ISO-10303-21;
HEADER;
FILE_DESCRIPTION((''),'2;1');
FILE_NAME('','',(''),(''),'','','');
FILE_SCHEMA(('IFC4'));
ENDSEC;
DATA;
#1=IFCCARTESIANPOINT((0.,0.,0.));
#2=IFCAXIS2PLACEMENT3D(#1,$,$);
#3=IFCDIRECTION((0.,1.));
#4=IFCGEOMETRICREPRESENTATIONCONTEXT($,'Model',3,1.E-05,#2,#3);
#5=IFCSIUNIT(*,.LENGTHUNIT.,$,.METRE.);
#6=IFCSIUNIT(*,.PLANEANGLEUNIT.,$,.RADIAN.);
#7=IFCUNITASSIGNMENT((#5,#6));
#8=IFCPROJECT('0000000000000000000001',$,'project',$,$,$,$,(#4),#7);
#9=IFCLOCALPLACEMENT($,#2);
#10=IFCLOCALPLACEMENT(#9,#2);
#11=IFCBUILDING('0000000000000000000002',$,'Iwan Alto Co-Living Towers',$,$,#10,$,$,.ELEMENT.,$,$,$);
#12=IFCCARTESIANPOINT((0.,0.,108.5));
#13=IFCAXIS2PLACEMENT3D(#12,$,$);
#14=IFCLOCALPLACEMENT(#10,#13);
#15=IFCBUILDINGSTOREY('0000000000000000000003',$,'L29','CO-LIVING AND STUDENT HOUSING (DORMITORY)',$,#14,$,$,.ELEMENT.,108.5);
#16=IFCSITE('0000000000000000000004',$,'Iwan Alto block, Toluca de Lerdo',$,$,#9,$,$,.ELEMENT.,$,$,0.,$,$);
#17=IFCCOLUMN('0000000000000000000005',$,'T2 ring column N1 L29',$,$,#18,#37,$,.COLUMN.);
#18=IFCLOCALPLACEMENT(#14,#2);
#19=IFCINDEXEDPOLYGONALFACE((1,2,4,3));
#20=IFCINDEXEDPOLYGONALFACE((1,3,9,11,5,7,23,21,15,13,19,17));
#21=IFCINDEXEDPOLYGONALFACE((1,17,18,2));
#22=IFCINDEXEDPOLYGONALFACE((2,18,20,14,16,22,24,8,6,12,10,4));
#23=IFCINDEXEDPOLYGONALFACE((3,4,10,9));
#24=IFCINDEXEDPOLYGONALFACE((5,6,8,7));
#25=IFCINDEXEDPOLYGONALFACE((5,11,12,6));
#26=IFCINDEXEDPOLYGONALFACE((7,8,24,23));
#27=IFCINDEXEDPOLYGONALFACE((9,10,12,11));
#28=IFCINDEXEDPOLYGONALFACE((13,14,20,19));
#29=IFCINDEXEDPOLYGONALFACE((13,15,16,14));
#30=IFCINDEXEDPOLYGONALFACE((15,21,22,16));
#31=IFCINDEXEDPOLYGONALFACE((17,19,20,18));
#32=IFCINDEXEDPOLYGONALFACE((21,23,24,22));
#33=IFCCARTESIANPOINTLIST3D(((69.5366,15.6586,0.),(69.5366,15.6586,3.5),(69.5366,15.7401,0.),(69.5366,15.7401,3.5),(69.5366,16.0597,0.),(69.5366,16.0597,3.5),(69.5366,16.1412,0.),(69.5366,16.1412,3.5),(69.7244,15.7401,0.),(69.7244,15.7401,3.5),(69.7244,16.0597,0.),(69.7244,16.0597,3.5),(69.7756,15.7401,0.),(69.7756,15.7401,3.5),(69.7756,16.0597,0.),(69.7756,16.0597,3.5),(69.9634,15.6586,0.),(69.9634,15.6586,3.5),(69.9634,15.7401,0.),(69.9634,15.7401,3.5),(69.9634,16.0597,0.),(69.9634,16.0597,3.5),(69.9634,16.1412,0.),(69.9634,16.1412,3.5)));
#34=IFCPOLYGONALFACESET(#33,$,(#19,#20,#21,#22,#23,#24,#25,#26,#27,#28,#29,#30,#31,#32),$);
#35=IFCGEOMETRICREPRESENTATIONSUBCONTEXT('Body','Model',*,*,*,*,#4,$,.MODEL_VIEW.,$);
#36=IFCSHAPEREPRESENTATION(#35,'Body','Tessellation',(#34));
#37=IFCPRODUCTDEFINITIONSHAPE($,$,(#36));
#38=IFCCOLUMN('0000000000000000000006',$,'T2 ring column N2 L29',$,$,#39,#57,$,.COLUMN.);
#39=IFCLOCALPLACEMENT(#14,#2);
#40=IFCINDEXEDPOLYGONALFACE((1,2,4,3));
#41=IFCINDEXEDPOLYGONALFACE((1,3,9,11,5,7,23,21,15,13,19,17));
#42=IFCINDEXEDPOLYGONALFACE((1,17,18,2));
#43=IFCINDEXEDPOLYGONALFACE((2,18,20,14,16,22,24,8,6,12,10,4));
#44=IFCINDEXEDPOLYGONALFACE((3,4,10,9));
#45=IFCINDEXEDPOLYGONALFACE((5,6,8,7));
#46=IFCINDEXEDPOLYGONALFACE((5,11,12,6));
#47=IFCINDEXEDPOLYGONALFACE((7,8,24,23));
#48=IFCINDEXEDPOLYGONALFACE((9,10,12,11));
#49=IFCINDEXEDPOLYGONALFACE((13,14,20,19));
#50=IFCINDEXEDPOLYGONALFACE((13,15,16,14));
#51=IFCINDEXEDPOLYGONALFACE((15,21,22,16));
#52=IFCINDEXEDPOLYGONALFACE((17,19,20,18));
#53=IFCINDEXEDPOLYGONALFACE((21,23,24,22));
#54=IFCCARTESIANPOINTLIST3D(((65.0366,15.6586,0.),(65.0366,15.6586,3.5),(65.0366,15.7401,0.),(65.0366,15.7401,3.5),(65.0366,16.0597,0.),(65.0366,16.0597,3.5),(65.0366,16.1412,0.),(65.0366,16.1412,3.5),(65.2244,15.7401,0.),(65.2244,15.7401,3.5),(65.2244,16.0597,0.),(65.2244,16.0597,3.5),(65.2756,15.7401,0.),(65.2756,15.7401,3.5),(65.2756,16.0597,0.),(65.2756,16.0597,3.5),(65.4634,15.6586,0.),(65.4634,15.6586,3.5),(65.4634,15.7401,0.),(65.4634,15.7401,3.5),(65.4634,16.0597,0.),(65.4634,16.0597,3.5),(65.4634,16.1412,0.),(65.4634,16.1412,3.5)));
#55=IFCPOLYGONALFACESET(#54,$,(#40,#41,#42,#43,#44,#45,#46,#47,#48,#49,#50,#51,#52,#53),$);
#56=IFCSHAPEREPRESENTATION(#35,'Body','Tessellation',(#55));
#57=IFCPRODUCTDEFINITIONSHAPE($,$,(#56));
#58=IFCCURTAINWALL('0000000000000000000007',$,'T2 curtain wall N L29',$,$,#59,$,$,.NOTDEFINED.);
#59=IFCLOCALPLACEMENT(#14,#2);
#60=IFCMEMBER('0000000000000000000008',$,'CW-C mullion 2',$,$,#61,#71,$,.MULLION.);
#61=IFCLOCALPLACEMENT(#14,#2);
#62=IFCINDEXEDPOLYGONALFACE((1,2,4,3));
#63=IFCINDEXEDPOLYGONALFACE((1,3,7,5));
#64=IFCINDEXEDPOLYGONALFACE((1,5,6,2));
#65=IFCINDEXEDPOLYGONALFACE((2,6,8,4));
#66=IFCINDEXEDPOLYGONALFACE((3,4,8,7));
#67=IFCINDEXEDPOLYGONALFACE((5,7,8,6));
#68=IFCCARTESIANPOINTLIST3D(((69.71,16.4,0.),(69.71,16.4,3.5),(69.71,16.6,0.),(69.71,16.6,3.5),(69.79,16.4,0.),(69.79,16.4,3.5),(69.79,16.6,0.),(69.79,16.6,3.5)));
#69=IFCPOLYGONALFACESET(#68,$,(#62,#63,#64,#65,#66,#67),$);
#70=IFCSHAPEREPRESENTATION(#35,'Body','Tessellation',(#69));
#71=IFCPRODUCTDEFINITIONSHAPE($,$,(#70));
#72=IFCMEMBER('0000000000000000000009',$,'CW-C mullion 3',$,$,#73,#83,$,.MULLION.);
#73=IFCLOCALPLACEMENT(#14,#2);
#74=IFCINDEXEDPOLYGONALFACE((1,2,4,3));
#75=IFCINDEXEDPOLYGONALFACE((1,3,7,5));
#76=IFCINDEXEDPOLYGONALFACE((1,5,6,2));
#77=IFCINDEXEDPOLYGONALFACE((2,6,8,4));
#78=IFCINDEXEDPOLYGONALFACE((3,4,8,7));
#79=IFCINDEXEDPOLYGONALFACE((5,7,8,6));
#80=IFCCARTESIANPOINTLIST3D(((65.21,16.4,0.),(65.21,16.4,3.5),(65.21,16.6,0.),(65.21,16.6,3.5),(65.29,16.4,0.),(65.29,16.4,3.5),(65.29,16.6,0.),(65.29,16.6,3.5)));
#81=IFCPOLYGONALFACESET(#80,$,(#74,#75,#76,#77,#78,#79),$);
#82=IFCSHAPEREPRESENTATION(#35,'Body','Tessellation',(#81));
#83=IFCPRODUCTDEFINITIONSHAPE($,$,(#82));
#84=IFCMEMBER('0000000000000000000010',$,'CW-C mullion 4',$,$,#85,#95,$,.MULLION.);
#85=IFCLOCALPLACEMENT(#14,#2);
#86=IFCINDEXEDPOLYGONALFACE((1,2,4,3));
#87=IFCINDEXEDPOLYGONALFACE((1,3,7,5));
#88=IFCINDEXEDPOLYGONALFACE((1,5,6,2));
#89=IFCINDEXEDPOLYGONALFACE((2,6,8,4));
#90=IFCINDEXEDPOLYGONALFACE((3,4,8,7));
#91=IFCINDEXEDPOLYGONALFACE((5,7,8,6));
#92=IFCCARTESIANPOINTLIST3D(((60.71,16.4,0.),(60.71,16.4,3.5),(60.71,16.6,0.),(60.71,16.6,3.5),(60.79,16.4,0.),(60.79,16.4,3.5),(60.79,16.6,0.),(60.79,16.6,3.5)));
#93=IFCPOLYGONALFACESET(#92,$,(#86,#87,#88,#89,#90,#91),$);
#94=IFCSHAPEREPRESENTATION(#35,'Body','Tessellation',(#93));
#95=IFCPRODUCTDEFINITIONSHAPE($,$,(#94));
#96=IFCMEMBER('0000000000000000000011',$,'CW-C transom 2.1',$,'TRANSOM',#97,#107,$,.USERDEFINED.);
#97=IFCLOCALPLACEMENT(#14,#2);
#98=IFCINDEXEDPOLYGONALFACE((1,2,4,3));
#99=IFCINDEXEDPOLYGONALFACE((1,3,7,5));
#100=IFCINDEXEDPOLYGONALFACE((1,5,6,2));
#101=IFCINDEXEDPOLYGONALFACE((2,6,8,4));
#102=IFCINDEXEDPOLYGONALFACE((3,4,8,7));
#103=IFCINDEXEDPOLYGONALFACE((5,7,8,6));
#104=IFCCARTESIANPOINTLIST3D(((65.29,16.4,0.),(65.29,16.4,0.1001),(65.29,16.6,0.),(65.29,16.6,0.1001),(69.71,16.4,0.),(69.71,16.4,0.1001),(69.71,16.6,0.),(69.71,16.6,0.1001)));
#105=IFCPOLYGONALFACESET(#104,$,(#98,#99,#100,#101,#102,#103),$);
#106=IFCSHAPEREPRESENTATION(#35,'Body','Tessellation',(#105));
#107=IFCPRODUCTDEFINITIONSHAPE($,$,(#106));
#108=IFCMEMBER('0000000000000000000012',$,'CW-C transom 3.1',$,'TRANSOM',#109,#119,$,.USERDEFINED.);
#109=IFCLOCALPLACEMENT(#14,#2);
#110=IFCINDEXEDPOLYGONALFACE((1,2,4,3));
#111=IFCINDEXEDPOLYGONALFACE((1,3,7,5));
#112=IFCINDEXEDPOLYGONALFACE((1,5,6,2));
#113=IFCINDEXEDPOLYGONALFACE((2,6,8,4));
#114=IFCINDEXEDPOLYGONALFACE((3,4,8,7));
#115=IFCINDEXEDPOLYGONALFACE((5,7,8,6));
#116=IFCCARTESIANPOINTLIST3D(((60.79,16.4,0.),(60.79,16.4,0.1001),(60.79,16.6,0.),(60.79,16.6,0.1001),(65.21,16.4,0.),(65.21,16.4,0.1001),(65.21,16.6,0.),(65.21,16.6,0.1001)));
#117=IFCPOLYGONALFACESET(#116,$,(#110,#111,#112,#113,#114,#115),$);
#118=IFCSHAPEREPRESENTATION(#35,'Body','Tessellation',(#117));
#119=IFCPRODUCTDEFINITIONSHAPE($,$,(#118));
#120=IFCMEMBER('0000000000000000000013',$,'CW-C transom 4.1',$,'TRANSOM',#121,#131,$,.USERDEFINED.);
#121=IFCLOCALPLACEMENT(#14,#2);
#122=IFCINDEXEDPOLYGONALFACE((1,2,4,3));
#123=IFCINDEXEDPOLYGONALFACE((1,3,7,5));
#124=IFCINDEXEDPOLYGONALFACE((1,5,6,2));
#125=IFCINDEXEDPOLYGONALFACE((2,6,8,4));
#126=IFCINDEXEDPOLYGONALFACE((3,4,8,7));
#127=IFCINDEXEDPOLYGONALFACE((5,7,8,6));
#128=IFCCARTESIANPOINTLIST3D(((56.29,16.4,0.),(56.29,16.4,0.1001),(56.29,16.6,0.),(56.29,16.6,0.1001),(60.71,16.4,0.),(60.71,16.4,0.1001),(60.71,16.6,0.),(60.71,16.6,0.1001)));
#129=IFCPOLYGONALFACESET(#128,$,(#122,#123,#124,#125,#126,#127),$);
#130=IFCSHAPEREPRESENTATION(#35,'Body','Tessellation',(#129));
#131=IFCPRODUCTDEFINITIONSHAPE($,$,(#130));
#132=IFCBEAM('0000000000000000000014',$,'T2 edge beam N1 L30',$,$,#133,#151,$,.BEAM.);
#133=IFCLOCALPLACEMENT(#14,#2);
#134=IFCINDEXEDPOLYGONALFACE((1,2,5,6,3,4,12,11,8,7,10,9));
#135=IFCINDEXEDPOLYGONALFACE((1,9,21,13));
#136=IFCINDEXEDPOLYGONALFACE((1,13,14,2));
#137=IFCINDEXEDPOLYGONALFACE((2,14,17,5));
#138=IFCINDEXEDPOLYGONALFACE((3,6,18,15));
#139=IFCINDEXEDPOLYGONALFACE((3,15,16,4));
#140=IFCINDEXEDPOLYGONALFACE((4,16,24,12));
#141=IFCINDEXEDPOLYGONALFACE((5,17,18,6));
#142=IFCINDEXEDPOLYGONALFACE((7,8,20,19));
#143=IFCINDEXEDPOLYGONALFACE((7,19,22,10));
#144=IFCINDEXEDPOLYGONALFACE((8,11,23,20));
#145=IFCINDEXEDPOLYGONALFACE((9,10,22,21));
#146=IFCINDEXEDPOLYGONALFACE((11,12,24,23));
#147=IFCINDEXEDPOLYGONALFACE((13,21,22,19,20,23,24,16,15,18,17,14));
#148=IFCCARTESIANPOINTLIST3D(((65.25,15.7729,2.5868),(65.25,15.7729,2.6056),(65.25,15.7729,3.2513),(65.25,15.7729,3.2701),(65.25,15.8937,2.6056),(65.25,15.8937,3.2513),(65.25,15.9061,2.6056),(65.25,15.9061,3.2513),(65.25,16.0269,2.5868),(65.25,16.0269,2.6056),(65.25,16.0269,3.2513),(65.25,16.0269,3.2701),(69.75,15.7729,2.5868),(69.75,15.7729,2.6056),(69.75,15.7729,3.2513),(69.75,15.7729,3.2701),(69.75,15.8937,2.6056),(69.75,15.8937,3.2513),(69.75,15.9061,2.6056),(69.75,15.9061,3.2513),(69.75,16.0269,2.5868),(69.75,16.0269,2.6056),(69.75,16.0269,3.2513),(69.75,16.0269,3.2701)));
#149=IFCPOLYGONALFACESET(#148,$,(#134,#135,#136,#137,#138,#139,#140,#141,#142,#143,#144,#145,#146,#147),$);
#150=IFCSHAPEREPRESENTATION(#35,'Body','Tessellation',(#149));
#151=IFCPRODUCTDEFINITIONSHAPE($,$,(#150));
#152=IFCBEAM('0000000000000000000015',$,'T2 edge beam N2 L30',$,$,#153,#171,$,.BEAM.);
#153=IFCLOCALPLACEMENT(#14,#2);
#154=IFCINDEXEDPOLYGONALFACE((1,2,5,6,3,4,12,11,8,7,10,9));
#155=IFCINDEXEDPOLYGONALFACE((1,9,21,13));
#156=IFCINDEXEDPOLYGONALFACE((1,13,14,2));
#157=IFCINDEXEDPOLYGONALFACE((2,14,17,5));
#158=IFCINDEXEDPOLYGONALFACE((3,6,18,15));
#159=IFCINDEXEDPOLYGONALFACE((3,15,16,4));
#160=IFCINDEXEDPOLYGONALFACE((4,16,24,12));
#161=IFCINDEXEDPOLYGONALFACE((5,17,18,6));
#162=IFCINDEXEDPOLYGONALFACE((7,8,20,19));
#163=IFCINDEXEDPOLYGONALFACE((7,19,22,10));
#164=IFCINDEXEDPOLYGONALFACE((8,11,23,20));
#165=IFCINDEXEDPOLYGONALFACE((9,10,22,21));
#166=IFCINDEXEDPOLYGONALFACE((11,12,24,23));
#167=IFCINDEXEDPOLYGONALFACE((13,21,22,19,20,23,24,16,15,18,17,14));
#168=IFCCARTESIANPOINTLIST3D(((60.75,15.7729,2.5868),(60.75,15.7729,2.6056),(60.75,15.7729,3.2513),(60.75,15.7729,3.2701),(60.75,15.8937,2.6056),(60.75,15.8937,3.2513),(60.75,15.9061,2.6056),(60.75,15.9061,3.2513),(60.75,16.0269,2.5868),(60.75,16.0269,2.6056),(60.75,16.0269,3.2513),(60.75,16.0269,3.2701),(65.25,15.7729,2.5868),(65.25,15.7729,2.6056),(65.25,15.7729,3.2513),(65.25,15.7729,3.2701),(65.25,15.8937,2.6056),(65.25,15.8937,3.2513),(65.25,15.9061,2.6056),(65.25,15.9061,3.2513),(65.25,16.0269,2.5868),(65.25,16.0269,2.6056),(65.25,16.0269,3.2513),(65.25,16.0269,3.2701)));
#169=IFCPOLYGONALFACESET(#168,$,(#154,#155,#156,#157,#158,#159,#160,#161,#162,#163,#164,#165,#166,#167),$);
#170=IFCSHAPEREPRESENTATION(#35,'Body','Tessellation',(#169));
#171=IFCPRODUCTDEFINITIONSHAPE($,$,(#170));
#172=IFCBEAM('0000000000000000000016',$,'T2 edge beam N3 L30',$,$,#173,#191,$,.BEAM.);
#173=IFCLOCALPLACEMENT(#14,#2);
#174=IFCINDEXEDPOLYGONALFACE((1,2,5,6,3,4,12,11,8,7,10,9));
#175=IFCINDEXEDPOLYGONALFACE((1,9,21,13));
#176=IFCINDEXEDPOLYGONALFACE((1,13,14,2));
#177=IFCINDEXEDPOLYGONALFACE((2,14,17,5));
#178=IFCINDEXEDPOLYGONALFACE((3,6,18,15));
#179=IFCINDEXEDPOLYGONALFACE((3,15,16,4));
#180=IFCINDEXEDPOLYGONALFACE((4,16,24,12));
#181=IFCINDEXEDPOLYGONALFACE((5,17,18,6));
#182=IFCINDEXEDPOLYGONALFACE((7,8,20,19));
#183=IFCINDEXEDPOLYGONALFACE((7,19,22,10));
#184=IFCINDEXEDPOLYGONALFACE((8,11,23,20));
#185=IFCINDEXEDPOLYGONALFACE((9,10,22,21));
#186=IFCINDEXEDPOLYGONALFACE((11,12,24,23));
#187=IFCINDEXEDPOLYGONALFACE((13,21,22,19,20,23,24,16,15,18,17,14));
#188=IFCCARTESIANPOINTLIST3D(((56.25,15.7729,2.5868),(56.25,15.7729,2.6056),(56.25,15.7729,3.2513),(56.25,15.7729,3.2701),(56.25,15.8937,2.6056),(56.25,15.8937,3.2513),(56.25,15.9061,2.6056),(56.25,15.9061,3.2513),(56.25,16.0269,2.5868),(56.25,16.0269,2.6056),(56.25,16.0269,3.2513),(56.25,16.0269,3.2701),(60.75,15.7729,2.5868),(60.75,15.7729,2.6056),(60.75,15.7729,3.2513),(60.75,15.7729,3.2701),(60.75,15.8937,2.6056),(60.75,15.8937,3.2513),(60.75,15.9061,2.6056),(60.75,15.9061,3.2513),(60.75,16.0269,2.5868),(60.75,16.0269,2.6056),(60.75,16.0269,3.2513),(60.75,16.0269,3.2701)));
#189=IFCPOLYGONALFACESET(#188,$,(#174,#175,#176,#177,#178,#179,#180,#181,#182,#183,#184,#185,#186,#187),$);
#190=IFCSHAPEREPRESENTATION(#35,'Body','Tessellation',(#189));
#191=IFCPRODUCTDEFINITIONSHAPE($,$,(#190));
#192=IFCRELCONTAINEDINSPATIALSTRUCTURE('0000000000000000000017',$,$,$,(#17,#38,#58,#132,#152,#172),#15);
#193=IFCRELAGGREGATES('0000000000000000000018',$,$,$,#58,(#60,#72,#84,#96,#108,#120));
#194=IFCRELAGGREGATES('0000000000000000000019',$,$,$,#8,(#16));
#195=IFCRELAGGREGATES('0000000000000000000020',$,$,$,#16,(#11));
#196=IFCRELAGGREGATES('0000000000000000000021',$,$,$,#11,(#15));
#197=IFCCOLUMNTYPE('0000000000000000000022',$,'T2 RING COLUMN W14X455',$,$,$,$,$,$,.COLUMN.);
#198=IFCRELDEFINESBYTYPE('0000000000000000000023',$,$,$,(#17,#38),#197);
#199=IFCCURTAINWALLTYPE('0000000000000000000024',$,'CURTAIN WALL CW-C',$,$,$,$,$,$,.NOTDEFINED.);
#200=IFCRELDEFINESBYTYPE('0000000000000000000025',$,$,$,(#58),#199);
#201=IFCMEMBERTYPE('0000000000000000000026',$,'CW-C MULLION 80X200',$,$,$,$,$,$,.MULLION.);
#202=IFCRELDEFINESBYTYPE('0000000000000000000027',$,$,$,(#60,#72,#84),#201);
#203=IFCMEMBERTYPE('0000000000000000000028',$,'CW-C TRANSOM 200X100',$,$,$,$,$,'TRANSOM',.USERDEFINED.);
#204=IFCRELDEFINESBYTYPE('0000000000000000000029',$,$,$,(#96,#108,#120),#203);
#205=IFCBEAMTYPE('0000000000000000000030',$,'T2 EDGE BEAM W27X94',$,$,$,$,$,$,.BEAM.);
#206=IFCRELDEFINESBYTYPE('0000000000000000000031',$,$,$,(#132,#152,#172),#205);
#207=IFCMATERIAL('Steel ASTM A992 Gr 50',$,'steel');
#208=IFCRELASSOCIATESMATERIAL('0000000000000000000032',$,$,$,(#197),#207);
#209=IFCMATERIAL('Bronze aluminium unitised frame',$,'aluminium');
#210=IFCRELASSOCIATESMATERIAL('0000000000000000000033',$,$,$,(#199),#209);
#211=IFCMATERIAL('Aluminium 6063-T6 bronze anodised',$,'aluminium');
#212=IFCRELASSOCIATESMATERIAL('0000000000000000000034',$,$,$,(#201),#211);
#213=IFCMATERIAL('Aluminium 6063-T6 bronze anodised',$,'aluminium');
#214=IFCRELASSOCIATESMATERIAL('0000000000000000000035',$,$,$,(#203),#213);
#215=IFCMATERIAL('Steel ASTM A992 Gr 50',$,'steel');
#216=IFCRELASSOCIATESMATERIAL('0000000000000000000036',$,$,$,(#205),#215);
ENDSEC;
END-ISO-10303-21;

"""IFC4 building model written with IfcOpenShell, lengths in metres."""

from ifc_helpers import new_model, si_unit, direction, frame, origin, origin_2d, place, context, subcontext, project, spatial, rectangle, i_section, extrude, material, material_profile, profile_set, type_object, element, aggregate, save


model = new_model("IFC4")

# Units and contexts
model_context = context("Model", 3, precision=1e-05, world=origin(), true_north=direction((0.0, 1.0)))
body_context = subcontext(model_context, "Body", "Model", "MODEL_VIEW")
ifc_project = project(units=[si_unit("LENGTHUNIT", "METRE"), si_unit("PLANEANGLEUNIT", "RADIAN")], contexts=[model_context])

# Site, building, storey
site_placement = place(None, origin())
site = spatial("IfcSite", under=ifc_project, at=site_placement, Name="Iwan Alto block, Toluca de Lerdo", CompositionType="ELEMENT", RefElevation=0.0)
building_placement = place(site_placement, origin())
building = spatial("IfcBuilding", under=site, at=building_placement, Name="Iwan Alto Co-Living Towers", CompositionType="ELEMENT")
storey_placement = place(building_placement, frame((0.0, 0.0, 108.5)))
storey = spatial("IfcBuildingStorey", under=building, at=storey_placement, Name="L29", Description="CO-LIVING AND STUDENT HOUSING (DORMITORY)", CompositionType="ELEMENT", Elevation=108.5)

# Columns
ifc_material_1 = material(Name="Steel ASTM A992 Gr 50", Category="steel")
ifc_material_profile_1 = material_profile(ifc_material_1, i_section(OverallWidth=0.4268, OverallDepth=0.4827, WebThickness=0.0513, FlangeThickness=0.0815, at=origin_2d()), Name="W14X455")
ifc_profile_set_1 = profile_set([ifc_material_profile_1], Name="Steel ASTM A992 Gr 50")
column_type = type_object("IfcColumnType", Name="T2 RING COLUMN W14X455", PredefinedType="COLUMN", material=ifc_profile_set_1)
for number, where, z_axis, x_axis, name in (
    (1, (69.75, 15.8999, 0.0), (0.0, 0.0, 1.0), (1.0, 0.0, 0.0), "T2 ring column N1 L29"),
    (2, (65.25, 15.8999, 0.0), (0.0, 0.0, 1.0), (1.0, 0.0, 0.0), "T2 ring column N2 L29"),
):
    element("IfcColumn", number, at=place(storey_placement, frame(where, z_axis=z_axis, x_axis=x_axis)), inside=storey, type_object=column_type, Name=name, PredefinedType="COLUMN", context=body_context, shape_type="SweptSolid", body=[
        extrude(i_section(OverallWidth=0.4268, OverallDepth=0.4827, WebThickness=0.0513, FlangeThickness=0.0815, at=origin_2d()), origin(), (0.0, 0.0, 1.0), 3.5),
    ])

# Curtain wall, members
ifc_material_2 = material(Name="Bronze aluminium unitised frame", Category="aluminium")
curtain_wall_type = type_object("IfcCurtainWallType", Name="CURTAIN WALL CW-C", PredefinedType="NOTDEFINED", material=ifc_material_2)
curtain_wall_placement = place(storey_placement, origin())
curtain_wall = element("IfcCurtainWall", 3, at=curtain_wall_placement, inside=storey, type_object=curtain_wall_type, Name="T2 curtain wall N L29", PredefinedType="NOTDEFINED")
ifc_material_3 = material(Name="Aluminium 6063-T6 bronze anodised", Category="aluminium")
ifc_material_profile_2 = material_profile(ifc_material_3, rectangle(XDim=0.2, YDim=0.0801, at=origin_2d()), Name="AL 80X200")
ifc_profile_set_2 = profile_set([ifc_material_profile_2], Name="Aluminium 6063-T6 bronze anodised")
member_type_1 = type_object("IfcMemberType", Name="CW-C MULLION 80X200", PredefinedType="MULLION", material=ifc_profile_set_2)
member_1_placement = place(storey_placement, frame((69.75, 16.5, 0.0), z_axis=(0.0, 0.0, 1.0), x_axis=(0.0, -1.0, 0.0)))
member_1 = element("IfcMember", 4, at=member_1_placement, type_object=member_type_1, Name="CW-C mullion 2", PredefinedType="MULLION", context=body_context, shape_type="SweptSolid", body=[
    extrude(rectangle(XDim=0.2, YDim=0.0801, at=origin_2d()), origin(), (0.0, 0.0, 1.0), 3.5),
])
member_2_placement = place(storey_placement, frame((65.25, 16.5, 0.0), z_axis=(0.0, 0.0, 1.0), x_axis=(0.0, -1.0, 0.0)))
member_2 = element("IfcMember", 5, at=member_2_placement, type_object=member_type_1, Name="CW-C mullion 3", PredefinedType="MULLION", context=body_context, shape_type="SweptSolid", body=[
    extrude(rectangle(XDim=0.2, YDim=0.0801, at=origin_2d()), origin(), (0.0, 0.0, 1.0), 3.5),
])
member_3_placement = place(storey_placement, frame((60.75, 16.5, 0.0), z_axis=(0.0, 0.0, 1.0), x_axis=(0.0, -1.0, 0.0)))
member_3 = element("IfcMember", 6, at=member_3_placement, type_object=member_type_1, Name="CW-C mullion 4", PredefinedType="MULLION", context=body_context, shape_type="SweptSolid", body=[
    extrude(rectangle(XDim=0.2, YDim=0.0801, at=origin_2d()), origin(), (0.0, 0.0, 1.0), 3.5),
])
ifc_material_4 = material(Name="Aluminium 6063-T6 bronze anodised", Category="aluminium")
ifc_material_profile_3 = material_profile(ifc_material_4, rectangle(XDim=0.2, YDim=0.1001, at=origin_2d()), Name="AL 200X100")
ifc_profile_set_3 = profile_set([ifc_material_profile_3], Name="Aluminium 6063-T6 bronze anodised")
member_type_2 = type_object("IfcMemberType", Name="CW-C TRANSOM 200X100", ElementType="TRANSOM", PredefinedType="USERDEFINED", material=ifc_profile_set_3)
member_4_placement = place(storey_placement, frame((69.71, 16.5, 0.05), z_axis=(-1.0, 0.0, 0.0), x_axis=(0.0, -1.0, 0.0)))
member_4 = element("IfcMember", 7, at=member_4_placement, type_object=member_type_2, Name="CW-C transom 2.1", ObjectType="TRANSOM", PredefinedType="USERDEFINED", context=body_context, shape_type="SweptSolid", body=[
    extrude(rectangle(XDim=0.2, YDim=0.1001, at=origin_2d()), origin(), (0.0, 0.0, 1.0), 4.4199),
])
member_5_placement = place(storey_placement, frame((65.21, 16.5, 0.05), z_axis=(-1.0, 0.0, 0.0), x_axis=(0.0, -1.0, 0.0)))
member_5 = element("IfcMember", 8, at=member_5_placement, type_object=member_type_2, Name="CW-C transom 3.1", ObjectType="TRANSOM", PredefinedType="USERDEFINED", context=body_context, shape_type="SweptSolid", body=[
    extrude(rectangle(XDim=0.2, YDim=0.1001, at=origin_2d()), origin(), (0.0, 0.0, 1.0), 4.4199),
])
member_6_placement = place(storey_placement, frame((60.71, 16.5, 0.05), z_axis=(-1.0, 0.0, 0.0), x_axis=(0.0, -1.0, 0.0)))
member_6 = element("IfcMember", 9, at=member_6_placement, type_object=member_type_2, Name="CW-C transom 4.1", ObjectType="TRANSOM", PredefinedType="USERDEFINED", context=body_context, shape_type="SweptSolid", body=[
    extrude(rectangle(XDim=0.2, YDim=0.1001, at=origin_2d()), origin(), (0.0, 0.0, 1.0), 4.4199),
])

# Beams
ifc_material_5 = material(Name="Steel ASTM A992 Gr 50", Category="steel")
ifc_material_profile_4 = material_profile(ifc_material_5, i_section(OverallWidth=0.2539, OverallDepth=0.6833, WebThickness=0.0125, FlangeThickness=0.0188, at=origin_2d()), Name="W27X94")
ifc_profile_set_4 = profile_set([ifc_material_profile_4], Name="Steel ASTM A992 Gr 50")
beam_type_1 = type_object("IfcBeamType", Name="T2 EDGE BEAM W27X94", PredefinedType="BEAM", material=ifc_profile_set_4)
for number, where, z_axis, x_axis, name in (
    (10, (69.75, 15.8999, 2.9285), (-1.0, 0.0, 0.0), (0.0, -1.0, 0.0), "T2 edge beam N1 L30"),
    (11, (65.25, 15.8999, 2.9285), (-1.0, 0.0, 0.0), (0.0, -1.0, 0.0), "T2 edge beam N2 L30"),
    (12, (60.75, 15.8999, 2.9285), (-1.0, 0.0, 0.0), (0.0, -1.0, 0.0), "T2 edge beam N3 L30"),
):
    element("IfcBeam", number, at=place(storey_placement, frame(where, z_axis=z_axis, x_axis=x_axis)), inside=storey, type_object=beam_type_1, Name=name, PredefinedType="BEAM", context=body_context, shape_type="SweptSolid", body=[
        extrude(i_section(OverallWidth=0.2539, OverallDepth=0.6833, WebThickness=0.0125, FlangeThickness=0.0188, at=origin_2d()), origin(), (0.0, 0.0, 1.0), 4.5),
    ])

aggregate(curtain_wall, [member_1, member_2, member_3, member_4, member_5, member_6])

save(model, "model.ifc")
